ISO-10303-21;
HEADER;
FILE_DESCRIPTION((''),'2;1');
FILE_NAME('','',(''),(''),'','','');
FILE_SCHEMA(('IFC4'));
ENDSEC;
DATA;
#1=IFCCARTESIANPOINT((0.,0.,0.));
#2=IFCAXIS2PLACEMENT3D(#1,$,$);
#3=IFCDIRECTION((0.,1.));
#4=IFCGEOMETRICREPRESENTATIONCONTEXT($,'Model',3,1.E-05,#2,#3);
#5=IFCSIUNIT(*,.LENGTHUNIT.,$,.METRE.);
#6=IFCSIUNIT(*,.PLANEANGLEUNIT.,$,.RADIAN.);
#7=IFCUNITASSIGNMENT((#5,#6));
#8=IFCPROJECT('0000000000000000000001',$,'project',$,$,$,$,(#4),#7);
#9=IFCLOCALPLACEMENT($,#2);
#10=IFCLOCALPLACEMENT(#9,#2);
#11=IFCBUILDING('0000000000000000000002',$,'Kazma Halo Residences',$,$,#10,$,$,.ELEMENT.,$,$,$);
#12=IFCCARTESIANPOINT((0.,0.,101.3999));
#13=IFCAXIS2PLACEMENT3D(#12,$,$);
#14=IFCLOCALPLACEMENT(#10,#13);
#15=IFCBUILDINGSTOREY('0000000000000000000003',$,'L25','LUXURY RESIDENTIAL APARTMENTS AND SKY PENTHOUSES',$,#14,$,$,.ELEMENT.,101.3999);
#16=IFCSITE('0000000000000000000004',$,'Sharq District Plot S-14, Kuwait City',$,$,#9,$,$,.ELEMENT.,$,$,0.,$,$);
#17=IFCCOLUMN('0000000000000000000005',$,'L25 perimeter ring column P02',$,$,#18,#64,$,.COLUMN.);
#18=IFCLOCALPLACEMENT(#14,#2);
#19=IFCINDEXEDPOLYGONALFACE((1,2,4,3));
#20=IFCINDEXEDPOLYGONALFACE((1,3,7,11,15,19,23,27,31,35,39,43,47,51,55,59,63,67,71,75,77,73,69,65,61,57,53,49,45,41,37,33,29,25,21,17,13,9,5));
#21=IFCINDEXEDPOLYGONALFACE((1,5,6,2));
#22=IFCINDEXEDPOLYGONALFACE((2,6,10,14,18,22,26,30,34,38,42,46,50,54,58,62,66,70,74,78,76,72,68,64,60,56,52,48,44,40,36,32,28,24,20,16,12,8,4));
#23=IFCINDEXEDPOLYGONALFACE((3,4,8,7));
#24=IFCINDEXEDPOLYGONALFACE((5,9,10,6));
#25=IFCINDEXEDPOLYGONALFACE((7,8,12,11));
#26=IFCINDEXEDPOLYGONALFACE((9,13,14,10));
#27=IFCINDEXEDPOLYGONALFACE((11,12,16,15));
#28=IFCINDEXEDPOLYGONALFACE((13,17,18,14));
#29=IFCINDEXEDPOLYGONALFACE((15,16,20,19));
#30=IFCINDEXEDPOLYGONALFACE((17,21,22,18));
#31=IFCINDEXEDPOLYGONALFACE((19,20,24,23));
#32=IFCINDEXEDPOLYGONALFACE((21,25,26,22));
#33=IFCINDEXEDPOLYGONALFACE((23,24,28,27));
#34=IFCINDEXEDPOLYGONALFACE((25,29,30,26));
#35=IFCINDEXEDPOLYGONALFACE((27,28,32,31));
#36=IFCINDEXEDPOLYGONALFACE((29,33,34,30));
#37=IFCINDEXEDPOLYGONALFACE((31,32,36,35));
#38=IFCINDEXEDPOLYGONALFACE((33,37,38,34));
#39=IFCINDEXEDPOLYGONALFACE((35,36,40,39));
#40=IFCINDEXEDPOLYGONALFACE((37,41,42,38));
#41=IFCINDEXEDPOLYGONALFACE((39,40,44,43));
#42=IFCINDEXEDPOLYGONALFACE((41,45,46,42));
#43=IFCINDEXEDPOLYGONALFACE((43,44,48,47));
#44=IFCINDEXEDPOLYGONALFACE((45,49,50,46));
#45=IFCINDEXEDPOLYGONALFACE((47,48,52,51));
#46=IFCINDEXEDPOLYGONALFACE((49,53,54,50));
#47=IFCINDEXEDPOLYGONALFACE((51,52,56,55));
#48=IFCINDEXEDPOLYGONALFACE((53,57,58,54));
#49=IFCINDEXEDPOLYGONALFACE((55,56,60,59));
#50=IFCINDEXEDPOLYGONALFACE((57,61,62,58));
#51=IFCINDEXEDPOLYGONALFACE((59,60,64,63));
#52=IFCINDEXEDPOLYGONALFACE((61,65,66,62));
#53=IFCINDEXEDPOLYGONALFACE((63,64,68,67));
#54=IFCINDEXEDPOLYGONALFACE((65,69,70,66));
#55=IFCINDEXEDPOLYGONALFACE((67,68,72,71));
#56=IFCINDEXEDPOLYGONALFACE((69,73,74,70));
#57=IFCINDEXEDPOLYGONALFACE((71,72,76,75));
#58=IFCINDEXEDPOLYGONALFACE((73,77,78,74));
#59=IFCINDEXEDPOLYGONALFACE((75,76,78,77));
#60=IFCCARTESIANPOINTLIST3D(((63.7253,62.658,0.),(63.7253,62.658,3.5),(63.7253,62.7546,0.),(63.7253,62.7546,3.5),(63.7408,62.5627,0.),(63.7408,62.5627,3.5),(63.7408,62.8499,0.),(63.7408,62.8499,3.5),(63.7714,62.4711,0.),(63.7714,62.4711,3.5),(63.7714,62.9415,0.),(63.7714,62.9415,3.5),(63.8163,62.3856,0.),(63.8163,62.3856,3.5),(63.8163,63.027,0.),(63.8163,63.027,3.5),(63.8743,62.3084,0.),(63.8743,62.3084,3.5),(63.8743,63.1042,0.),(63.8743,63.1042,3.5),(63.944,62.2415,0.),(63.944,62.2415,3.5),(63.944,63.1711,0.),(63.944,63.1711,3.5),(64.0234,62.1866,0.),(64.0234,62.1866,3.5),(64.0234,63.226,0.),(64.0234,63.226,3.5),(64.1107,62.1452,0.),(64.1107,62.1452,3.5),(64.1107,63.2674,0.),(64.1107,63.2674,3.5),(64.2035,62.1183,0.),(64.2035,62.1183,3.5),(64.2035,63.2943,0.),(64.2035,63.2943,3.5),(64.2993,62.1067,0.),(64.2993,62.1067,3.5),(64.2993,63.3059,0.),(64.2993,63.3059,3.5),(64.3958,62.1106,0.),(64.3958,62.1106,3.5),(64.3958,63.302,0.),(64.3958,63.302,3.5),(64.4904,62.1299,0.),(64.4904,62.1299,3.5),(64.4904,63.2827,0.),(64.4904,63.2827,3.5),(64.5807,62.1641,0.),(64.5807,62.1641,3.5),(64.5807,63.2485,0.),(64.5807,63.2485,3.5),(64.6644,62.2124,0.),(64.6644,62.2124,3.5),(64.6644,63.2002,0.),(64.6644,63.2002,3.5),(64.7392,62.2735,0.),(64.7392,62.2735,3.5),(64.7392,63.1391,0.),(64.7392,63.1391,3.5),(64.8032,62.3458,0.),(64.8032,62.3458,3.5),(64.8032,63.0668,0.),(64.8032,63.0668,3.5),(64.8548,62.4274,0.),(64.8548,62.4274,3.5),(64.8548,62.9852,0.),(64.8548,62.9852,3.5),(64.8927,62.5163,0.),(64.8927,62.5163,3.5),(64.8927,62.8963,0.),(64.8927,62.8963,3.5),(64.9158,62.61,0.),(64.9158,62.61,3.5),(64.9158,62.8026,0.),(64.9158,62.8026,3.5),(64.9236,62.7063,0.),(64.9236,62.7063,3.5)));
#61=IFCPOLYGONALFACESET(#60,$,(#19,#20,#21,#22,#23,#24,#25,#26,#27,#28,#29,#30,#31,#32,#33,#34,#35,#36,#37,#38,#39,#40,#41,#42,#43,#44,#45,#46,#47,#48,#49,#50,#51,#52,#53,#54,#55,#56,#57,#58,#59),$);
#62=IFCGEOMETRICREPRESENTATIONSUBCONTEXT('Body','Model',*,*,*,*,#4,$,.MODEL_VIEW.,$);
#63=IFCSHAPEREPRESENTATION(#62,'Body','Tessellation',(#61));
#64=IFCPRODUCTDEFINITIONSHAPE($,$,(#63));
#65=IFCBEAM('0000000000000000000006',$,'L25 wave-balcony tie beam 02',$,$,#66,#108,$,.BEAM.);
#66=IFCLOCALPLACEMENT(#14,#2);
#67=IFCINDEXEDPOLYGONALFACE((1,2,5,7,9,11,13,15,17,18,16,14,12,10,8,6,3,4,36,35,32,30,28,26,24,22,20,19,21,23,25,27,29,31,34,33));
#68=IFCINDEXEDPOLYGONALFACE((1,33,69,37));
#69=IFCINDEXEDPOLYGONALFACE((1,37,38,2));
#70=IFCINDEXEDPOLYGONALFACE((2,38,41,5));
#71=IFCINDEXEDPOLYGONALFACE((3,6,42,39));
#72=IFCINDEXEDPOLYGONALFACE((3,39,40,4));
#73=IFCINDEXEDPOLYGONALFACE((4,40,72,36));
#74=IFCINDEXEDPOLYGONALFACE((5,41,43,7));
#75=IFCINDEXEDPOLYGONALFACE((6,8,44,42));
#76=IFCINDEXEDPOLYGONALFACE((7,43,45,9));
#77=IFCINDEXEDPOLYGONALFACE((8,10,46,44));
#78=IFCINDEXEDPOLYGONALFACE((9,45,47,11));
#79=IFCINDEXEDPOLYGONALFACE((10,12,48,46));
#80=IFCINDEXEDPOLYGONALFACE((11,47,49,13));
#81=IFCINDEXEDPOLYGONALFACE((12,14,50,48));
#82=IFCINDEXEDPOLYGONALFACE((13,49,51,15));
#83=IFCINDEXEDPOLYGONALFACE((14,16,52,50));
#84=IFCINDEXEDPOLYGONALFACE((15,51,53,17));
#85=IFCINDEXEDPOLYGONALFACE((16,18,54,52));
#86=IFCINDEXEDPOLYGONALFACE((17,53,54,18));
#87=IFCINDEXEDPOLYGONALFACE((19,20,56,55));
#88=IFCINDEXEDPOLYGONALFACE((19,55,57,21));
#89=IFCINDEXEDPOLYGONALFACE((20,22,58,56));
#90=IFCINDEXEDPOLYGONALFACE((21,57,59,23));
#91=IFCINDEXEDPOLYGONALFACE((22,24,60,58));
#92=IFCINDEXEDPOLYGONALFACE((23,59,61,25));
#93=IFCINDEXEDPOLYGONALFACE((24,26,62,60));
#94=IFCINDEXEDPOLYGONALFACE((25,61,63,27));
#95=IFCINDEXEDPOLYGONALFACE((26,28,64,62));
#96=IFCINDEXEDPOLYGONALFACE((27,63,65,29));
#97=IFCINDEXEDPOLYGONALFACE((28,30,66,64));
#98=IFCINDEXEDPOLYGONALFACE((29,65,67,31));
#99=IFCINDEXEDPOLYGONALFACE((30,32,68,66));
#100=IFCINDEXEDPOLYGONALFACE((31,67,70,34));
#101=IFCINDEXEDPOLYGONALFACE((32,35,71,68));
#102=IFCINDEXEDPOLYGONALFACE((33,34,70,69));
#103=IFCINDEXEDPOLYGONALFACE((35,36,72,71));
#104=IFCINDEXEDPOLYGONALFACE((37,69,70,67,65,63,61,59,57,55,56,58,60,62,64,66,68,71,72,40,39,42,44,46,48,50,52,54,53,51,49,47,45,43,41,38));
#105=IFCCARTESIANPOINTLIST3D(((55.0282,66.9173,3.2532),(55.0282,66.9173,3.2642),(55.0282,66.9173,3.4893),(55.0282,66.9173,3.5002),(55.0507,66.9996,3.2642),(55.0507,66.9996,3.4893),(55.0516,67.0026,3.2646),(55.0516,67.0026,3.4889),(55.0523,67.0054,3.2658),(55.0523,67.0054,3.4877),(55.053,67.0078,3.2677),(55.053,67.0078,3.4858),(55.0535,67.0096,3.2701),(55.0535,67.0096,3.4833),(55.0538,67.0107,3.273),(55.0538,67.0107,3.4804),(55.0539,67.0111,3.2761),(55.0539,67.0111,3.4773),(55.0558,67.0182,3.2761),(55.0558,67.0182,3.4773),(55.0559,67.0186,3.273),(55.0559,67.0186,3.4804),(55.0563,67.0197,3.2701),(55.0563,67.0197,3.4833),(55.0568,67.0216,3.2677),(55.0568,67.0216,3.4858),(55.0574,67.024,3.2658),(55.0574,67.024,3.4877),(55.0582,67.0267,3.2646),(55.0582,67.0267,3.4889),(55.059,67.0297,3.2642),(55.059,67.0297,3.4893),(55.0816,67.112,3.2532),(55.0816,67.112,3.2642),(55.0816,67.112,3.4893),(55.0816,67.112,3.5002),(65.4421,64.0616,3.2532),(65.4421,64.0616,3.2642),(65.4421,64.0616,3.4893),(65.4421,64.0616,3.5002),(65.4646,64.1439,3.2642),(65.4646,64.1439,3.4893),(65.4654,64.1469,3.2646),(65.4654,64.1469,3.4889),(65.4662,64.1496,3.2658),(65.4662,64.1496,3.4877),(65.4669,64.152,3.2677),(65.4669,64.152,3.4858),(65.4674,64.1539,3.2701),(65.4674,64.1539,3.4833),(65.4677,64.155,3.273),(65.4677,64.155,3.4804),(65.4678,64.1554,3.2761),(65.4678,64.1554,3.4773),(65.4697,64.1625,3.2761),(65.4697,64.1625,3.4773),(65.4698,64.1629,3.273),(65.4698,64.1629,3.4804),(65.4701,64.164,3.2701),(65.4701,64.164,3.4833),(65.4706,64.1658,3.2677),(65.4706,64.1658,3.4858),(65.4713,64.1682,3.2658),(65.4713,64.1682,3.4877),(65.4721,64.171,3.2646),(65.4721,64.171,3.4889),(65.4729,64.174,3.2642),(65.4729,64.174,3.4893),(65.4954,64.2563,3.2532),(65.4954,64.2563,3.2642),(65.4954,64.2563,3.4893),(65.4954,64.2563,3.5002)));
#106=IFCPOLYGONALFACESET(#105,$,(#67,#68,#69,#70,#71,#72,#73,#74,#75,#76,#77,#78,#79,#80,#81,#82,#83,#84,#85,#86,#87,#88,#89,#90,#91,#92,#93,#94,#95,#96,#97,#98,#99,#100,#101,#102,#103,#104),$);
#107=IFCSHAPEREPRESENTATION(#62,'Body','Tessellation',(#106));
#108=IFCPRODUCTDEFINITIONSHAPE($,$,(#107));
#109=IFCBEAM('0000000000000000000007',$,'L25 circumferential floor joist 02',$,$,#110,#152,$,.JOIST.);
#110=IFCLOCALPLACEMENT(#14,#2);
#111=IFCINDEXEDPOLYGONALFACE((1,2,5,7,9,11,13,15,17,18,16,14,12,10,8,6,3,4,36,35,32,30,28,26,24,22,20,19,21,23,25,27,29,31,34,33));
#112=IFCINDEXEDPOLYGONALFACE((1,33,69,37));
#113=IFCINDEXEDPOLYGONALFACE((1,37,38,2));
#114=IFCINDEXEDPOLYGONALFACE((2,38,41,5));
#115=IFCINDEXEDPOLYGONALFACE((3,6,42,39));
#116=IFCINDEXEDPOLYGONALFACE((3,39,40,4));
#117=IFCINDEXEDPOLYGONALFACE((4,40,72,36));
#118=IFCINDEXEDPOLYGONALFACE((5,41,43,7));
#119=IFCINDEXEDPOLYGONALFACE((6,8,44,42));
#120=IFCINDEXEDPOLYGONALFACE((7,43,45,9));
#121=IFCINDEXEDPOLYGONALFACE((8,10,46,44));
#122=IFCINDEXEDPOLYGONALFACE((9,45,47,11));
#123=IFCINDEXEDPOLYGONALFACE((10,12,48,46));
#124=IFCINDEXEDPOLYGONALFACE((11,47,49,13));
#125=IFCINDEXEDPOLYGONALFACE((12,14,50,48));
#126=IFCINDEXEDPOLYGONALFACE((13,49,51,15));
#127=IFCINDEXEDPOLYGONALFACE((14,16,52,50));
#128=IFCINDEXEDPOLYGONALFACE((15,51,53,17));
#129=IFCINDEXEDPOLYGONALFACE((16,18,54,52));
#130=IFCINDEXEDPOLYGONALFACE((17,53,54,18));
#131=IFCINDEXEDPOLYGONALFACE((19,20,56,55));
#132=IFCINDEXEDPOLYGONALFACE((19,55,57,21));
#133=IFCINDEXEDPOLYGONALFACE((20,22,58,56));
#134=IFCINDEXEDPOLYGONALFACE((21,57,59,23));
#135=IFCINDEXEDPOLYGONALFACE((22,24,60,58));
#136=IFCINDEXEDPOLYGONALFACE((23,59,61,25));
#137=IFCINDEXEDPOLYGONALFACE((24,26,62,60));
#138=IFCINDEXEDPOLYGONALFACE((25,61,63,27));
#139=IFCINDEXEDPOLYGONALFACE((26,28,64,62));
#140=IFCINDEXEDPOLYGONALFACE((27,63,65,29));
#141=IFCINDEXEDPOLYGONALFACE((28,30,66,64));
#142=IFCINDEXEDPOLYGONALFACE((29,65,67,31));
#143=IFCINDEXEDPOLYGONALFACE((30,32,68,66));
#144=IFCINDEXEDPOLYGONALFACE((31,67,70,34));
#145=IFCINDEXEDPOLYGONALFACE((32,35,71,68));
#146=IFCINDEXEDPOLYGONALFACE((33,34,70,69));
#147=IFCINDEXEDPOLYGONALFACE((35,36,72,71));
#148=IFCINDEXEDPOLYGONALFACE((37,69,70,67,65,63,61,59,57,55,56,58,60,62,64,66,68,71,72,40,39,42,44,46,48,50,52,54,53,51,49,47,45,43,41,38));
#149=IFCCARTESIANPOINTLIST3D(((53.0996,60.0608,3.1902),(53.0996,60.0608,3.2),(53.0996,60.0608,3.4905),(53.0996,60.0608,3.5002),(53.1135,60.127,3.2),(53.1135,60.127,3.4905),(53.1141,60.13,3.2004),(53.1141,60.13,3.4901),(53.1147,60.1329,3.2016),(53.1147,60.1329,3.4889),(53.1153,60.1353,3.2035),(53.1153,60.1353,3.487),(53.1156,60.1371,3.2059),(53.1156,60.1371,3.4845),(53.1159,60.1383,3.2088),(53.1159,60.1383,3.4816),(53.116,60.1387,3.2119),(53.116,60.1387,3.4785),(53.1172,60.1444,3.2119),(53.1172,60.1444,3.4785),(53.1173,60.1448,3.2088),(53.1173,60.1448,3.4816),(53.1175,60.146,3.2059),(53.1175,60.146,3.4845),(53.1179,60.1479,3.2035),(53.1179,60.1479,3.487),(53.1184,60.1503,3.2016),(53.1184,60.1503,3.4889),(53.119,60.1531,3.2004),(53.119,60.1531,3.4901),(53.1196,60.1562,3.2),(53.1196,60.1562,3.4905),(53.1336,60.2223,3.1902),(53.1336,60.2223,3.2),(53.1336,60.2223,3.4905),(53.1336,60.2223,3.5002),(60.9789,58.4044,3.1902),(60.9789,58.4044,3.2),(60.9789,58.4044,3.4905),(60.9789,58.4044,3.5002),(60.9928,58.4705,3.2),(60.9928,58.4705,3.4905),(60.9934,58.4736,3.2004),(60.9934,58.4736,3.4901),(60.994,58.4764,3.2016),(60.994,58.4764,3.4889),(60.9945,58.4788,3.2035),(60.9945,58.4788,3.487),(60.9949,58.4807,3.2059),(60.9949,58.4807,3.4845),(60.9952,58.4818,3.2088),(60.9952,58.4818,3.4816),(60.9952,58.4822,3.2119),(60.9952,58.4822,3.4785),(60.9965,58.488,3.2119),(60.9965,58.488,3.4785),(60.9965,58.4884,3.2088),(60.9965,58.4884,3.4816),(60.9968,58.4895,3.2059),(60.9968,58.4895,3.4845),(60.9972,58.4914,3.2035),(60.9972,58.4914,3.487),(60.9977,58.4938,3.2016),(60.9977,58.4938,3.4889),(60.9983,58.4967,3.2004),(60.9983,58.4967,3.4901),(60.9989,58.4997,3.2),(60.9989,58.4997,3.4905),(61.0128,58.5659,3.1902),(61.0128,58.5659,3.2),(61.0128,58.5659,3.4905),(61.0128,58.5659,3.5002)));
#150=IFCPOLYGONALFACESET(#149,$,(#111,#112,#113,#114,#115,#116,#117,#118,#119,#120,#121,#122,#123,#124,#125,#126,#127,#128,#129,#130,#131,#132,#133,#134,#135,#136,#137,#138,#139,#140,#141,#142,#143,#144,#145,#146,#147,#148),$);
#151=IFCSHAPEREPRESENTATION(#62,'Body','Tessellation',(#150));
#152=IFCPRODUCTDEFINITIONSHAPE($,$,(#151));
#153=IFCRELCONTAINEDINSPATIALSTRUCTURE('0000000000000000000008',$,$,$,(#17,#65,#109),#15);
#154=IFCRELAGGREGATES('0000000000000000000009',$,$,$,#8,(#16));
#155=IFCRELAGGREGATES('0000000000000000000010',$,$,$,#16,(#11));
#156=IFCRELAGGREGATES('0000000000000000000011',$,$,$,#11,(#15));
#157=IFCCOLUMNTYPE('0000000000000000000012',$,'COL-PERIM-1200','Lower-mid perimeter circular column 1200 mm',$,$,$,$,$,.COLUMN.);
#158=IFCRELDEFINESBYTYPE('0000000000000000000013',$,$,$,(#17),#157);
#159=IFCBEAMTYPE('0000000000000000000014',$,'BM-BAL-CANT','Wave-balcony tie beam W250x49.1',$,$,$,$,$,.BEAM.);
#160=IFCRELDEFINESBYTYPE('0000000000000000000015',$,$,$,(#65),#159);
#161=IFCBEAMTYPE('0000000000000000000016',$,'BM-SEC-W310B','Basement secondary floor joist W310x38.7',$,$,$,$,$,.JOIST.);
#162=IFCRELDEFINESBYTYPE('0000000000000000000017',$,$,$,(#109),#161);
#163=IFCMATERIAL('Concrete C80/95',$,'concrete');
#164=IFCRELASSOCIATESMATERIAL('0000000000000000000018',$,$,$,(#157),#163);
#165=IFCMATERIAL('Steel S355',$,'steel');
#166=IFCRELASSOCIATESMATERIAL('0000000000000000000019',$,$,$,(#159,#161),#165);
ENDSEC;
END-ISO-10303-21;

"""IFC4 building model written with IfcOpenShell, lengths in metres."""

from ifc_helpers import new_model, si_unit, direction, frame, origin, origin_2d, place, context, subcontext, project, spatial, circle, i_section, extrude, material, material_profile, profile_set, type_object, element, save


model = new_model("IFC4")

# Units and contexts
model_context = context("Model", 3, precision=1e-05, world=origin(), true_north=direction((0.0, 1.0)))
body_context = subcontext(model_context, "Body", "Model", "MODEL_VIEW")
ifc_project = project(units=[si_unit("LENGTHUNIT", "METRE"), si_unit("PLANEANGLEUNIT", "RADIAN")], contexts=[model_context])

# Site, building, storey
site_placement = place(None, origin())
site = spatial("IfcSite", under=ifc_project, at=site_placement, Name="Sharq District Plot S-14, Kuwait City", CompositionType="ELEMENT", RefElevation=0.0)
building_placement = place(site_placement, origin())
building = spatial("IfcBuilding", under=site, at=building_placement, Name="Kazma Halo Residences", CompositionType="ELEMENT")
storey_placement = place(building_placement, frame((0.0, 0.0, 101.3999)))
storey = spatial("IfcBuildingStorey", under=building, at=storey_placement, Name="L25", Description="LUXURY RESIDENTIAL APARTMENTS AND SKY PENTHOUSES", CompositionType="ELEMENT", Elevation=101.3999)

# Column
ifc_material_1 = material(Name="Concrete C80/95", Category="concrete")
ifc_material_profile_1 = material_profile(ifc_material_1, circle(Radius=0.6001, at=origin_2d()), Name="CIRC1200")
ifc_profile_set_1 = profile_set([ifc_material_profile_1], Name="Concrete C80/95")
column_type = type_object("IfcColumnType", Name="COL-PERIM-1200", Description="Lower-mid perimeter circular column 1200 mm", PredefinedType="COLUMN", material=ifc_profile_set_1)
column_placement = place(storey_placement, frame((64.3235, 62.7063, 0.0), z_axis=(0.0, 0.0, 1.0), x_axis=(1.0, 0.0, 0.0)))
element("IfcColumn", 1, at=column_placement, inside=storey, type_object=column_type, Name="L25 perimeter ring column P02", PredefinedType="COLUMN", context=body_context, shape_type="SweptSolid", body=[
    extrude(circle(Radius=0.6001, at=origin_2d()), origin(), (0.0, 0.0, 1.0), 3.5),
])

# Beams
ifc_material_2 = material(Name="Steel S355", Category="steel")
ifc_material_profile_2 = material_profile(ifc_material_2, i_section(OverallWidth=0.2019, OverallDepth=0.2471, WebThickness=0.0073, FlangeThickness=0.011, FilletRadius=0.012, at=origin_2d()), Name="W250x49.1")
ifc_profile_set_2 = profile_set([ifc_material_profile_2], Name="Steel S355")
beam_type_1 = type_object("IfcBeamType", Name="BM-BAL-CANT", Description="Wave-balcony tie beam W250x49.1", PredefinedType="BEAM", material=ifc_profile_set_2)
beam_1_placement = place(storey_placement, frame((65.4688, 64.1589, 3.3767), z_axis=(-0.964397, 0.26446, 0.0), x_axis=(-0.26446, -0.964397, 0.0)))
element("IfcBeam", 2, at=beam_1_placement, inside=storey, type_object=beam_type_1, Name="L25 wave-balcony tie beam 02", PredefinedType="BEAM", context=body_context, shape_type="SweptSolid", body=[
    extrude(i_section(OverallWidth=0.2019, OverallDepth=0.2471, WebThickness=0.0073, FlangeThickness=0.011, FilletRadius=0.012, at=origin_2d()), origin(), (0.0, 0.0, 1.0), 10.7983),
])
ifc_material_profile_3 = material_profile(ifc_material_2, i_section(OverallWidth=0.165, OverallDepth=0.3101, WebThickness=0.0059, FlangeThickness=0.0098, FilletRadius=0.012, at=origin_2d()), Name="W310x38.7")
ifc_profile_set_3 = profile_set([ifc_material_profile_3], Name="Steel S355")
beam_type_2 = type_object("IfcBeamType", Name="BM-SEC-W310B", Description="Basement secondary floor joist W310x38.7", PredefinedType="JOIST", material=ifc_profile_set_3)
beam_2_placement = place(storey_placement, frame((60.9958, 58.4851, 3.3452), z_axis=(-0.978608, 0.205734, 0.0), x_axis=(-0.205734, -0.978608, 0.0)))
element("IfcBeam", 3, at=beam_2_placement, inside=storey, type_object=beam_type_2, Name="L25 circumferential floor joist 02", PredefinedType="JOIST", context=body_context, shape_type="SweptSolid", body=[
    extrude(i_section(OverallWidth=0.165, OverallDepth=0.3101, WebThickness=0.0059, FlangeThickness=0.0098, FilletRadius=0.012, at=origin_2d()), origin(), (0.0, 0.0, 1.0), 8.0515),
])

save(model, "model.ifc")
